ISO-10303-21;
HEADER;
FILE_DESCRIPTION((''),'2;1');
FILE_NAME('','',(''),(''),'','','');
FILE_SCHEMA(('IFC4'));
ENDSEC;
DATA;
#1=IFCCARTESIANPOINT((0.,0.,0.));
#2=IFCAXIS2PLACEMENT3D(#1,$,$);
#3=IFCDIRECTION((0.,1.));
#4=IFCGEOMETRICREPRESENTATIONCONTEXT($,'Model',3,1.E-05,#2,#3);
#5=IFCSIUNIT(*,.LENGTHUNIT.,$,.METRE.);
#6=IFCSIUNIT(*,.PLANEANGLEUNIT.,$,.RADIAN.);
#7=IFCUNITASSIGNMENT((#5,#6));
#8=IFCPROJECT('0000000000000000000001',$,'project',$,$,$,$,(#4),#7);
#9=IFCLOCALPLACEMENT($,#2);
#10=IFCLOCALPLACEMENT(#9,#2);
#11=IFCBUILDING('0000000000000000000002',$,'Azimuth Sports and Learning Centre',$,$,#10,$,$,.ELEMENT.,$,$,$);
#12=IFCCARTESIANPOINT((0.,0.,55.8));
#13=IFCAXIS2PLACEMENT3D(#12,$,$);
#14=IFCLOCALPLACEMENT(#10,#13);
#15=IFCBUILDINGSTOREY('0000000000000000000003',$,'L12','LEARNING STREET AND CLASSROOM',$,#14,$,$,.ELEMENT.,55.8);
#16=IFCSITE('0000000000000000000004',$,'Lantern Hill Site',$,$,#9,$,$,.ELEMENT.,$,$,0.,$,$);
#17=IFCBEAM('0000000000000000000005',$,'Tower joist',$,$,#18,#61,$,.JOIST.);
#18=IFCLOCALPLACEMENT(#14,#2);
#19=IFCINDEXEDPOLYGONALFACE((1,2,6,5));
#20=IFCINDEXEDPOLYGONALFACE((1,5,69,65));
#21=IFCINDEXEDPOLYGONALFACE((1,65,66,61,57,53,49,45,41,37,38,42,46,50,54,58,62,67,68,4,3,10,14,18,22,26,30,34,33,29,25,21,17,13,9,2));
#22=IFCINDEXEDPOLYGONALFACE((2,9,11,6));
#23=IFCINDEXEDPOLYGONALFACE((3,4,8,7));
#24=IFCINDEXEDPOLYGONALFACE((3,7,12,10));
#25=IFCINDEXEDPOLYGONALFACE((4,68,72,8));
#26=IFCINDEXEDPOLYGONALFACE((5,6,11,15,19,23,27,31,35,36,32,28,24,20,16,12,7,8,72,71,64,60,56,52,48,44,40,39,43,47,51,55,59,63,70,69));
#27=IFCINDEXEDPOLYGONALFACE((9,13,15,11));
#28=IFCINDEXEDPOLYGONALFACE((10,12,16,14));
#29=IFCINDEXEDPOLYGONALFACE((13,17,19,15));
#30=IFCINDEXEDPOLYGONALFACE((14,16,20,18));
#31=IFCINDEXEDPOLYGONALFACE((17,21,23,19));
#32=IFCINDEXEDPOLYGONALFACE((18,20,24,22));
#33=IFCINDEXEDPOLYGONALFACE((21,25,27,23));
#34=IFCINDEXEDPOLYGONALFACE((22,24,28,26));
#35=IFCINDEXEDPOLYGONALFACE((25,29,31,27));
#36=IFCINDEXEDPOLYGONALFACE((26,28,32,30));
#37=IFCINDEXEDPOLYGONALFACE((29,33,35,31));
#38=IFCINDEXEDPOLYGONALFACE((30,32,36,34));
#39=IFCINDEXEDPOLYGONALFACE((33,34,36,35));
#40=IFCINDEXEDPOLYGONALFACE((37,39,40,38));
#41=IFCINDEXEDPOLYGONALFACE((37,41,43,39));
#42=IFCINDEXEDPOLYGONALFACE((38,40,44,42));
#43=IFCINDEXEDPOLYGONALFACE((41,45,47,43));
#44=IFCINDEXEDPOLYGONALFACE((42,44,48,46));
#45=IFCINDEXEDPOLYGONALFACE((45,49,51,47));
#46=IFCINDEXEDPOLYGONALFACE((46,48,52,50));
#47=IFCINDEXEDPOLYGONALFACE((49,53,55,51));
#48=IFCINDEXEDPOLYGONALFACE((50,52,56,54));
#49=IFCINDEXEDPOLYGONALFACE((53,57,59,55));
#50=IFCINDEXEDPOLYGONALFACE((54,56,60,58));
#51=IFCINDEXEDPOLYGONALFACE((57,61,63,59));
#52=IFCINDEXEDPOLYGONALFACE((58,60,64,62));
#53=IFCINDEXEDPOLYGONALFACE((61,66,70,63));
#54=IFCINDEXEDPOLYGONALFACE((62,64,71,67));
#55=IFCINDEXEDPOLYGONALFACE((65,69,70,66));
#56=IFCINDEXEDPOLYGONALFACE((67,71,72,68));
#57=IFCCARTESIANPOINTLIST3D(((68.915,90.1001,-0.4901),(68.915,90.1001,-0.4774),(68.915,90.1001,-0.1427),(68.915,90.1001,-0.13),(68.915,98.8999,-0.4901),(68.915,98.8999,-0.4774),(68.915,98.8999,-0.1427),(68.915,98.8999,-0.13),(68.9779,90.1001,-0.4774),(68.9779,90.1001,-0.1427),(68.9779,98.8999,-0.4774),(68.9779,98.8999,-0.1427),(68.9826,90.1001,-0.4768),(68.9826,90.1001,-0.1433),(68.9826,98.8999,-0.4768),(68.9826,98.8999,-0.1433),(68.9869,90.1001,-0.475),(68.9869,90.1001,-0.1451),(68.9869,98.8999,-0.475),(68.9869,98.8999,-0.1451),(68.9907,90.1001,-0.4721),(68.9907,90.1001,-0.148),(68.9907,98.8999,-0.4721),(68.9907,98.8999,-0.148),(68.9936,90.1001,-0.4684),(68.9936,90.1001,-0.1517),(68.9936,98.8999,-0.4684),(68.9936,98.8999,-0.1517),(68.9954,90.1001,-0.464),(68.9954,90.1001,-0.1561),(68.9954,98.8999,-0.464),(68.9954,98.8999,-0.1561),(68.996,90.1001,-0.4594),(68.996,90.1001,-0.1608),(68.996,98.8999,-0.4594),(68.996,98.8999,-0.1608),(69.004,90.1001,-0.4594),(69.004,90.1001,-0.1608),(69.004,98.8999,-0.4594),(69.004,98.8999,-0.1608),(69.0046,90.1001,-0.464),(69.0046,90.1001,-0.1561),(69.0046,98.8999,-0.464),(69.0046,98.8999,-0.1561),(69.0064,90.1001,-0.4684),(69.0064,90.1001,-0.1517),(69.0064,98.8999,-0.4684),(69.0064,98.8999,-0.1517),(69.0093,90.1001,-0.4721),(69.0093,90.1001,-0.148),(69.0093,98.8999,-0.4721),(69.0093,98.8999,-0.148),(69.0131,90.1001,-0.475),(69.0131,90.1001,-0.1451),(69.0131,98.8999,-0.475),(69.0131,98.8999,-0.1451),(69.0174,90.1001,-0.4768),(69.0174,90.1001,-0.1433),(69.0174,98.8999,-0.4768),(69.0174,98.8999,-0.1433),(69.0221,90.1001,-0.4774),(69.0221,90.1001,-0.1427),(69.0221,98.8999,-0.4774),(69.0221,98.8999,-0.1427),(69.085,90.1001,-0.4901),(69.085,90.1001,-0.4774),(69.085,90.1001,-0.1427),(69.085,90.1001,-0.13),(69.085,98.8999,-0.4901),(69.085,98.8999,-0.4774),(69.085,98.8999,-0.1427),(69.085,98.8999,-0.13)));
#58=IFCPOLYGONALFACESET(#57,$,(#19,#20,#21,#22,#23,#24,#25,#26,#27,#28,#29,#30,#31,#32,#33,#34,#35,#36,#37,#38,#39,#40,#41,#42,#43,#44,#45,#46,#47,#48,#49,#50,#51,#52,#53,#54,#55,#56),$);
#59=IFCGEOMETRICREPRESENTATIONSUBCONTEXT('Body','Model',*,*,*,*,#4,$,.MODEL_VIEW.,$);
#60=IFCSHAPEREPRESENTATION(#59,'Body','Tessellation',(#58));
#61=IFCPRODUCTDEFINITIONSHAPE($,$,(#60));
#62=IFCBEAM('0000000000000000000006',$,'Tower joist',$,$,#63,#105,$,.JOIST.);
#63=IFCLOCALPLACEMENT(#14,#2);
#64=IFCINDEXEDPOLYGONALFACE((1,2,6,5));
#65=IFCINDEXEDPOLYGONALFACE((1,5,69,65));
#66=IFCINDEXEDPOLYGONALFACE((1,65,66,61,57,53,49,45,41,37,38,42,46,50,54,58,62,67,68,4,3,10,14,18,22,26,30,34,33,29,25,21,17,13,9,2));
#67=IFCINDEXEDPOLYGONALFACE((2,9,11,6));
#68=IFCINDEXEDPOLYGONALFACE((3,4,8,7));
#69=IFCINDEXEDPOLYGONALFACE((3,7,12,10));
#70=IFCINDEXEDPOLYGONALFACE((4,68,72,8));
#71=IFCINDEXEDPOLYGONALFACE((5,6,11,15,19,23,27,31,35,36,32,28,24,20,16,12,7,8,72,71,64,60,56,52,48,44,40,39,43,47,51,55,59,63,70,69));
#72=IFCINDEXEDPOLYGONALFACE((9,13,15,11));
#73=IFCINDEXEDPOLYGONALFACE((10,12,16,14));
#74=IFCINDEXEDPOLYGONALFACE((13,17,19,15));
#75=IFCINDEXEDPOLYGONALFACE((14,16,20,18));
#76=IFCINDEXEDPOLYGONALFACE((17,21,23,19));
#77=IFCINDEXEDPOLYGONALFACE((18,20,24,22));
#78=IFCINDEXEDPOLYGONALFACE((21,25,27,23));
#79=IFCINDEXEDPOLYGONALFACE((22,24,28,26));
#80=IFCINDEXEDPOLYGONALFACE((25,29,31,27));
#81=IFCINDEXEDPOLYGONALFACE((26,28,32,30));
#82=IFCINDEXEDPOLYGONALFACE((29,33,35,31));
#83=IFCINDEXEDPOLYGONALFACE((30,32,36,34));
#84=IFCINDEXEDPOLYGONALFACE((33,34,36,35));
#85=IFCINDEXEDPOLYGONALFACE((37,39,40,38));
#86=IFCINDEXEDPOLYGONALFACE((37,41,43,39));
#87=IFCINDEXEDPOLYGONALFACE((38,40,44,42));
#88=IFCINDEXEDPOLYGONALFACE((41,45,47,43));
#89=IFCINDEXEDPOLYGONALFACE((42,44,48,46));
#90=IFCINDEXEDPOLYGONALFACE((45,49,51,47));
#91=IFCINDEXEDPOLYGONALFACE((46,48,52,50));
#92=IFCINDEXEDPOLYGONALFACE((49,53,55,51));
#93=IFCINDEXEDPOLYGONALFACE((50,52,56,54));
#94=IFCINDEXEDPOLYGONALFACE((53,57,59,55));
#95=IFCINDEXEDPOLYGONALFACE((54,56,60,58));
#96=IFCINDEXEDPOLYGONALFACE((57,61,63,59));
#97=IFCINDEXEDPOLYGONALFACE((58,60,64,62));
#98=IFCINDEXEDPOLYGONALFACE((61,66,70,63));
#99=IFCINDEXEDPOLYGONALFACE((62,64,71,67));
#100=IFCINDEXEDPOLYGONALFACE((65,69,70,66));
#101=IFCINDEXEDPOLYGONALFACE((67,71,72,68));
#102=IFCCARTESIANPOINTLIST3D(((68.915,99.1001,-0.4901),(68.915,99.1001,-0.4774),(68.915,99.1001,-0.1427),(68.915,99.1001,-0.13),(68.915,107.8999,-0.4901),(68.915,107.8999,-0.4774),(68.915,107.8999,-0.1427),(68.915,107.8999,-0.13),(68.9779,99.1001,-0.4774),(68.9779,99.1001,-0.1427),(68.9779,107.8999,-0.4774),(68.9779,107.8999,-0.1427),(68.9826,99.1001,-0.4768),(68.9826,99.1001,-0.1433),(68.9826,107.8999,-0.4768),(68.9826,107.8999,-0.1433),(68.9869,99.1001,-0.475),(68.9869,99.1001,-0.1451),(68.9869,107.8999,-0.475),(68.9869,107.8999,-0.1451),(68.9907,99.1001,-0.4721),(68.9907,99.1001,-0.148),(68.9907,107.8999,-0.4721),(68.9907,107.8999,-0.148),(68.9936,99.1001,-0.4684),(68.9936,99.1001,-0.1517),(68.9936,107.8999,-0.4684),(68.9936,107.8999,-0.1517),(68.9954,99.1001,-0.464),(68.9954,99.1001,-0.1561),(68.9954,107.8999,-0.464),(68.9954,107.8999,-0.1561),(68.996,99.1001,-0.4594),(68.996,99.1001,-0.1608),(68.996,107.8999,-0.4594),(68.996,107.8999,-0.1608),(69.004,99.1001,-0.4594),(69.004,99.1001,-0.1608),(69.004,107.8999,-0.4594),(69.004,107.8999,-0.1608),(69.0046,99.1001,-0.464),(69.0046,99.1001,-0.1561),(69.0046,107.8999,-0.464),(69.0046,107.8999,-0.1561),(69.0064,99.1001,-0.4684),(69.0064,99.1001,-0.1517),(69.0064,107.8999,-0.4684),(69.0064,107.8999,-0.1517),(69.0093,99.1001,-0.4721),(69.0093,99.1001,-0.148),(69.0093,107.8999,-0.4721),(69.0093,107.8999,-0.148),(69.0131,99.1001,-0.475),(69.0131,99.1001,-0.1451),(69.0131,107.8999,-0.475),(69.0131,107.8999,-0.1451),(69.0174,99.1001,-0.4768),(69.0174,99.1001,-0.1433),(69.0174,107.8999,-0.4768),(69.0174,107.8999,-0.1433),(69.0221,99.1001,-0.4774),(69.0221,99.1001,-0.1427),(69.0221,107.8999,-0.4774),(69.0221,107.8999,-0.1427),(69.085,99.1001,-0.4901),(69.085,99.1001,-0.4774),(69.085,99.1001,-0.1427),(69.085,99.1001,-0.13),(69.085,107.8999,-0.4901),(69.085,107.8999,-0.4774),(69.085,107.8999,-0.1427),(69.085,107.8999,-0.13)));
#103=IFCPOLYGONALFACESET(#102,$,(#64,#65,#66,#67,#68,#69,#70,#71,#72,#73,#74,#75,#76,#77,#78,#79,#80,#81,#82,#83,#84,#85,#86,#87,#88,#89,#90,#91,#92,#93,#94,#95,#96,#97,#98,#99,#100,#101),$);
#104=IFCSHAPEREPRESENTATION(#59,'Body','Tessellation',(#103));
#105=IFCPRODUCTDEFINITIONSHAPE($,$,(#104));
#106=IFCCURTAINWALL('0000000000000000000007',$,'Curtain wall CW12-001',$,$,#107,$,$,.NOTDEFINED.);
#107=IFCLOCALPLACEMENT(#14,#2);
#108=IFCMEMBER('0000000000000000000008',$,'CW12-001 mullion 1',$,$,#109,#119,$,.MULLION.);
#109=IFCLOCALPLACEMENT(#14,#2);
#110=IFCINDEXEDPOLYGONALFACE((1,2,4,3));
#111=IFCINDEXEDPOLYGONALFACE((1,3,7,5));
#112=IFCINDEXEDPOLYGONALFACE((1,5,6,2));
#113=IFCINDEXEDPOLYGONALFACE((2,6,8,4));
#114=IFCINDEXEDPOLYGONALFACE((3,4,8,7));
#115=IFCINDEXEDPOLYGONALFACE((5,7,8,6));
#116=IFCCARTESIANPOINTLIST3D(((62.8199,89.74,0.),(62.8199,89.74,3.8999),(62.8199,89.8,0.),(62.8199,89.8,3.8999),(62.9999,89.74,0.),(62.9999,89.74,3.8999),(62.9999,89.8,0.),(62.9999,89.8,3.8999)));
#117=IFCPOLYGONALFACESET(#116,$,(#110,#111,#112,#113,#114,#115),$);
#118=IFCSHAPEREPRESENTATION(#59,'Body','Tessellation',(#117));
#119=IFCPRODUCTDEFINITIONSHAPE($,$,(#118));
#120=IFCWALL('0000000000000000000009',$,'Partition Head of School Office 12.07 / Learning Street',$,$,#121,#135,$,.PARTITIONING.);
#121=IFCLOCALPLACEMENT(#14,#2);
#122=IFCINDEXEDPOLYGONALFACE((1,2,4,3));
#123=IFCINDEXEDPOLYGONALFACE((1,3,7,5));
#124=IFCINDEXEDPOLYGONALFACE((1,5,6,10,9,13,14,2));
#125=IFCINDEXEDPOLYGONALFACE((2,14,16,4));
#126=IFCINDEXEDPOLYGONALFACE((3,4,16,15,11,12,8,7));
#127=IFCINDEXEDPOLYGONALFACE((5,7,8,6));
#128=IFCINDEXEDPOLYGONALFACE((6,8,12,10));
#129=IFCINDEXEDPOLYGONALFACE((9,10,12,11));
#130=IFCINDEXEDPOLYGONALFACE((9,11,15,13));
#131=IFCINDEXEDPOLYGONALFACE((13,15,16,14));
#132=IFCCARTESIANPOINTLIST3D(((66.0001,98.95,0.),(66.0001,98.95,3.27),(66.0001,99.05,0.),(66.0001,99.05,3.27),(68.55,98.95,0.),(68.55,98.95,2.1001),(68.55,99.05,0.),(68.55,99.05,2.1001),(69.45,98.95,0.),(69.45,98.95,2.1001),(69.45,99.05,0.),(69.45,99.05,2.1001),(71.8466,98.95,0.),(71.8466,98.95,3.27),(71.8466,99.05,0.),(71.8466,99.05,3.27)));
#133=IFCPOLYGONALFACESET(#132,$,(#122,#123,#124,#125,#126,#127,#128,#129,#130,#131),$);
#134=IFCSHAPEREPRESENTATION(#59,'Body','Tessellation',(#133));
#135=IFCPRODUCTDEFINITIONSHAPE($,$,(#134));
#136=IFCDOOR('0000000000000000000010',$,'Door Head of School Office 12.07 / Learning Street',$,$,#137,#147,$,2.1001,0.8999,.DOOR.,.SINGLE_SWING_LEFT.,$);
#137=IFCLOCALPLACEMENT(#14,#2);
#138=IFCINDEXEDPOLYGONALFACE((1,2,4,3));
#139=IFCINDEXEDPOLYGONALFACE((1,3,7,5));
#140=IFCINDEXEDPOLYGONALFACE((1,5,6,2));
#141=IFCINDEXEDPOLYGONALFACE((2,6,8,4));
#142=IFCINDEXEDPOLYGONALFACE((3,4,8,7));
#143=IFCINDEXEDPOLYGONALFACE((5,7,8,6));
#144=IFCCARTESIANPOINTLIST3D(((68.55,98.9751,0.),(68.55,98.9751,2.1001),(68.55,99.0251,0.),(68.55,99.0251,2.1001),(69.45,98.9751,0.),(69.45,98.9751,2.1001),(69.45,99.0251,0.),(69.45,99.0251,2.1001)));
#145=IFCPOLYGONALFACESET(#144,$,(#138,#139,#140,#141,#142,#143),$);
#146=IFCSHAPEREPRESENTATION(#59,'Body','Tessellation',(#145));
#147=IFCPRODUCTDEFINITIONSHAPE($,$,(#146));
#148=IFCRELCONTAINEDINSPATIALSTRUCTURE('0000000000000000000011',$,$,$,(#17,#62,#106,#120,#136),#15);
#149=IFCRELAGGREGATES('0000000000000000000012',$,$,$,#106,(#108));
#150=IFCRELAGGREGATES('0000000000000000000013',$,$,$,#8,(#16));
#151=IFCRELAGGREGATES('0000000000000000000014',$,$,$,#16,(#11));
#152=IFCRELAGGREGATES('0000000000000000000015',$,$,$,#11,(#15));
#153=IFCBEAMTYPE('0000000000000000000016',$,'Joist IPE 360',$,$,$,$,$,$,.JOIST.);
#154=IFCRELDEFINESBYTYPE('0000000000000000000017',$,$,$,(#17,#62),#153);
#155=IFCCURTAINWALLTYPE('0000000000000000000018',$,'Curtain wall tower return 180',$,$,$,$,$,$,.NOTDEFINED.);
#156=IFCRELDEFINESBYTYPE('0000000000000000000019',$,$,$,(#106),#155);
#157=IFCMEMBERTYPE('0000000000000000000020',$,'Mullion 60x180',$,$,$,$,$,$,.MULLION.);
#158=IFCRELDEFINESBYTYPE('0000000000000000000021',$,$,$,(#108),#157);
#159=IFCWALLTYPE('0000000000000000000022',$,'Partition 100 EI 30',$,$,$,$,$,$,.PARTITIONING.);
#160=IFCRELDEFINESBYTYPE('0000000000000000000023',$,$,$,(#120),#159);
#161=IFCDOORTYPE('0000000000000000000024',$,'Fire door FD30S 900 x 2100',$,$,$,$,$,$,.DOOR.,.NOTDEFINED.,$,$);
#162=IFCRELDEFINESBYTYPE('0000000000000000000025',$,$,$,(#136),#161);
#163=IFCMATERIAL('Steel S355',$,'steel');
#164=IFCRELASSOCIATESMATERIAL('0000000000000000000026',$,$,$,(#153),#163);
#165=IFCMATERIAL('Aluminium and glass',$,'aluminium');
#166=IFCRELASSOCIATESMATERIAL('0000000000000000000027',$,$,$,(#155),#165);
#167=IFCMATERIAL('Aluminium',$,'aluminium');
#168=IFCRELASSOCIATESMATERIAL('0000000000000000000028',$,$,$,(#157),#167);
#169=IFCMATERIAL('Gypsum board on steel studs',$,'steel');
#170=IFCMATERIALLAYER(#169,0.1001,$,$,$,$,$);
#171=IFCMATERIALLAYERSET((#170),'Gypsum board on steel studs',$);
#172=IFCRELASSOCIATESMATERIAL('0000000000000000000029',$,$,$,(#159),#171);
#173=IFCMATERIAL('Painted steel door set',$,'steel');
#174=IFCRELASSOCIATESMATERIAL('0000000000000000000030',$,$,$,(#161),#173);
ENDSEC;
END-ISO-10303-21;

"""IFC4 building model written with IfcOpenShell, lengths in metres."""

from ifc_helpers import new_model, si_unit, direction, frame, frame_2d, origin, origin_2d, place, context, subcontext, project, spatial, rectangle, i_section, extrude, material, layer, layer_set, material_profile, profile_set, type_object, element, fill, aggregate, save


model = new_model("IFC4")

# Units and contexts
model_context = context("Model", 3, precision=1e-05, world=origin(), true_north=direction((0.0, 1.0)))
body_context = subcontext(model_context, "Body", "Model", "MODEL_VIEW")
ifc_project = project(units=[si_unit("LENGTHUNIT", "METRE"), si_unit("PLANEANGLEUNIT", "RADIAN")], contexts=[model_context])

# Site, building, storey
site_placement = place(None, origin())
site = spatial("IfcSite", under=ifc_project, at=site_placement, Name="Lantern Hill Site", CompositionType="ELEMENT", RefElevation=0.0)
building_placement = place(site_placement, origin())
building = spatial("IfcBuilding", under=site, at=building_placement, Name="Azimuth Sports and Learning Centre", CompositionType="ELEMENT")
storey_placement = place(building_placement, frame((0.0, 0.0, 55.8)))
storey = spatial("IfcBuildingStorey", under=building, at=storey_placement, Name="L12", Description="LEARNING STREET AND CLASSROOM", CompositionType="ELEMENT", Elevation=55.8)

# Beams
ifc_material_1 = material(Name="Steel S355", Category="steel")
ifc_material_profile_1 = material_profile(ifc_material_1, i_section(OverallWidth=0.1699, OverallDepth=0.3601, WebThickness=0.0081, FlangeThickness=0.0127, FilletRadius=0.0181, at=origin_2d()), Name="IPE 360")
ifc_profile_set_1 = profile_set([ifc_material_profile_1], Name="Steel S355")
beam_type_1 = type_object("IfcBeamType", Name="Joist IPE 360", PredefinedType="JOIST", material=ifc_profile_set_1)
for number, where, z_axis, x_axis, name in (
    (1, (69.0, 90.1001, -0.3101), (0.0, 1.0, 0.0), (-1.0, 0.0, 0.0), "Tower joist"),
    (2, (69.0, 99.1001, -0.3101), (0.0, 1.0, 0.0), (-1.0, 0.0, 0.0), "Tower joist"),
):
    element("IfcBeam", number, at=place(storey_placement, frame(where, z_axis=z_axis, x_axis=x_axis)), inside=storey, type_object=beam_type_1, Name=name, PredefinedType="JOIST", context=body_context, shape_type="SweptSolid", body=[
        extrude(i_section(OverallWidth=0.1699, OverallDepth=0.3601, WebThickness=0.0081, FlangeThickness=0.0127, FilletRadius=0.0181, at=origin_2d()), origin(), (0.0, 0.0, 1.0), 8.7998),
    ])

# Curtain wall, member
ifc_material_2 = material(Name="Aluminium and glass", Category="aluminium")
curtain_wall_type = type_object("IfcCurtainWallType", Name="Curtain wall tower return 180", PredefinedType="NOTDEFINED", material=ifc_material_2)
curtain_wall_placement = place(storey_placement, origin())
curtain_wall = element("IfcCurtainWall", 3, at=curtain_wall_placement, inside=storey, type_object=curtain_wall_type, Name="Curtain wall CW12-001", PredefinedType="NOTDEFINED")
ifc_material_3 = material(Name="Aluminium", Category="aluminium")
ifc_material_profile_2 = material_profile(ifc_material_3, rectangle(XDim=0.1799, YDim=0.0601, at=origin_2d()), Name="Mullion 60x180")
ifc_profile_set_2 = profile_set([ifc_material_profile_2], Name="Aluminium")
member_type_1 = type_object("IfcMemberType", Name="Mullion 60x180", PredefinedType="MULLION", material=ifc_profile_set_2)
member_1_placement = place(storey_placement, frame((62.9099, 89.77, 0.0), z_axis=(0.0, 0.0, 1.0), x_axis=(1.0, 0.0, 0.0)))
member_1 = element("IfcMember", 4, at=member_1_placement, type_object=member_type_1, Name="CW12-001 mullion 1", PredefinedType="MULLION", context=body_context, shape_type="SweptSolid", body=[
    extrude(rectangle(XDim=0.1799, YDim=0.0601, at=origin_2d()), origin(), (0.0, 0.0, 1.0), 3.8999),
])
aggregate(curtain_wall, [member_1])

# Wall, opening, door
ifc_material_4 = material(Name="Gypsum board on steel studs", Category="steel")
ifc_layer_1 = layer(ifc_material_4, 0.1001)
ifc_layer_set_1 = layer_set([ifc_layer_1], Name="Gypsum board on steel studs")
wall_type_1 = type_object("IfcWallType", Name="Partition 100 EI 30", PredefinedType="PARTITIONING", material=ifc_layer_set_1)
wall_1_placement = place(storey_placement, frame((66.0, 99.0, 0.0), z_axis=(0.0, 0.0, 1.0), x_axis=(1.0, 0.0, 0.0)))
wall_1 = element("IfcWall", 5, at=wall_1_placement, inside=storey, type_object=wall_type_1, Name="Partition Head of School Office 12.07 / Learning Street", PredefinedType="PARTITIONING", context=body_context, shape_type="SweptSolid", body=[
    extrude(rectangle(XDim=5.8464, YDim=0.1001, at=frame_2d((2.9233, 0.0))), origin(), (0.0, 0.0, 1.0), 3.27),
])
opening_1_placement = place(wall_1_placement, frame((2.55, 0.0, 0.0)))
opening_1 = element("IfcOpeningElement", 6, at=opening_1_placement, cuts=wall_1, PredefinedType="OPENING", context=body_context, shape_type="SweptSolid", body=[
    extrude(rectangle(XDim=0.8999, YDim=2.1001, at=frame_2d((0.45, 1.05))), frame((0.0, 0.061, 0.0), z_axis=(0.0, -1.0, 0.0), x_axis=(1.0, 0.0, 0.0)), (0.0, 0.0, 1.0), 0.1221),
])
ifc_material_5 = material(Name="Painted steel door set", Category="steel")
door_type_1 = type_object("IfcDoorType", Name="Fire door FD30S 900 x 2100", OperationType="NOTDEFINED", PredefinedType="DOOR", material=ifc_material_5)
door_1_placement = place(opening_1_placement, frame((0.8999, 0.0, 0.0), z_axis=(0.0, 0.0, 1.0), x_axis=(-1.0, 0.0, 0.0)))
door_1 = element("IfcDoor", 7, at=door_1_placement, inside=storey, type_object=door_type_1, Name="Door Head of School Office 12.07 / Learning Street", OperationType="SINGLE_SWING_LEFT", OverallHeight=2.1001, OverallWidth=0.8999, PredefinedType="DOOR", context=body_context, shape_type="SweptSolid", body=[
    extrude(rectangle(XDim=0.8999, YDim=2.1001, at=frame_2d((0.45, 1.05))), frame((0.0, 0.0249, 0.0), z_axis=(0.0, -1.0, 0.0), x_axis=(1.0, 0.0, 0.0)), (0.0, 0.0, 1.0), 0.05),
])
fill(opening_1, door_1)

save(model, "model.ifc")
